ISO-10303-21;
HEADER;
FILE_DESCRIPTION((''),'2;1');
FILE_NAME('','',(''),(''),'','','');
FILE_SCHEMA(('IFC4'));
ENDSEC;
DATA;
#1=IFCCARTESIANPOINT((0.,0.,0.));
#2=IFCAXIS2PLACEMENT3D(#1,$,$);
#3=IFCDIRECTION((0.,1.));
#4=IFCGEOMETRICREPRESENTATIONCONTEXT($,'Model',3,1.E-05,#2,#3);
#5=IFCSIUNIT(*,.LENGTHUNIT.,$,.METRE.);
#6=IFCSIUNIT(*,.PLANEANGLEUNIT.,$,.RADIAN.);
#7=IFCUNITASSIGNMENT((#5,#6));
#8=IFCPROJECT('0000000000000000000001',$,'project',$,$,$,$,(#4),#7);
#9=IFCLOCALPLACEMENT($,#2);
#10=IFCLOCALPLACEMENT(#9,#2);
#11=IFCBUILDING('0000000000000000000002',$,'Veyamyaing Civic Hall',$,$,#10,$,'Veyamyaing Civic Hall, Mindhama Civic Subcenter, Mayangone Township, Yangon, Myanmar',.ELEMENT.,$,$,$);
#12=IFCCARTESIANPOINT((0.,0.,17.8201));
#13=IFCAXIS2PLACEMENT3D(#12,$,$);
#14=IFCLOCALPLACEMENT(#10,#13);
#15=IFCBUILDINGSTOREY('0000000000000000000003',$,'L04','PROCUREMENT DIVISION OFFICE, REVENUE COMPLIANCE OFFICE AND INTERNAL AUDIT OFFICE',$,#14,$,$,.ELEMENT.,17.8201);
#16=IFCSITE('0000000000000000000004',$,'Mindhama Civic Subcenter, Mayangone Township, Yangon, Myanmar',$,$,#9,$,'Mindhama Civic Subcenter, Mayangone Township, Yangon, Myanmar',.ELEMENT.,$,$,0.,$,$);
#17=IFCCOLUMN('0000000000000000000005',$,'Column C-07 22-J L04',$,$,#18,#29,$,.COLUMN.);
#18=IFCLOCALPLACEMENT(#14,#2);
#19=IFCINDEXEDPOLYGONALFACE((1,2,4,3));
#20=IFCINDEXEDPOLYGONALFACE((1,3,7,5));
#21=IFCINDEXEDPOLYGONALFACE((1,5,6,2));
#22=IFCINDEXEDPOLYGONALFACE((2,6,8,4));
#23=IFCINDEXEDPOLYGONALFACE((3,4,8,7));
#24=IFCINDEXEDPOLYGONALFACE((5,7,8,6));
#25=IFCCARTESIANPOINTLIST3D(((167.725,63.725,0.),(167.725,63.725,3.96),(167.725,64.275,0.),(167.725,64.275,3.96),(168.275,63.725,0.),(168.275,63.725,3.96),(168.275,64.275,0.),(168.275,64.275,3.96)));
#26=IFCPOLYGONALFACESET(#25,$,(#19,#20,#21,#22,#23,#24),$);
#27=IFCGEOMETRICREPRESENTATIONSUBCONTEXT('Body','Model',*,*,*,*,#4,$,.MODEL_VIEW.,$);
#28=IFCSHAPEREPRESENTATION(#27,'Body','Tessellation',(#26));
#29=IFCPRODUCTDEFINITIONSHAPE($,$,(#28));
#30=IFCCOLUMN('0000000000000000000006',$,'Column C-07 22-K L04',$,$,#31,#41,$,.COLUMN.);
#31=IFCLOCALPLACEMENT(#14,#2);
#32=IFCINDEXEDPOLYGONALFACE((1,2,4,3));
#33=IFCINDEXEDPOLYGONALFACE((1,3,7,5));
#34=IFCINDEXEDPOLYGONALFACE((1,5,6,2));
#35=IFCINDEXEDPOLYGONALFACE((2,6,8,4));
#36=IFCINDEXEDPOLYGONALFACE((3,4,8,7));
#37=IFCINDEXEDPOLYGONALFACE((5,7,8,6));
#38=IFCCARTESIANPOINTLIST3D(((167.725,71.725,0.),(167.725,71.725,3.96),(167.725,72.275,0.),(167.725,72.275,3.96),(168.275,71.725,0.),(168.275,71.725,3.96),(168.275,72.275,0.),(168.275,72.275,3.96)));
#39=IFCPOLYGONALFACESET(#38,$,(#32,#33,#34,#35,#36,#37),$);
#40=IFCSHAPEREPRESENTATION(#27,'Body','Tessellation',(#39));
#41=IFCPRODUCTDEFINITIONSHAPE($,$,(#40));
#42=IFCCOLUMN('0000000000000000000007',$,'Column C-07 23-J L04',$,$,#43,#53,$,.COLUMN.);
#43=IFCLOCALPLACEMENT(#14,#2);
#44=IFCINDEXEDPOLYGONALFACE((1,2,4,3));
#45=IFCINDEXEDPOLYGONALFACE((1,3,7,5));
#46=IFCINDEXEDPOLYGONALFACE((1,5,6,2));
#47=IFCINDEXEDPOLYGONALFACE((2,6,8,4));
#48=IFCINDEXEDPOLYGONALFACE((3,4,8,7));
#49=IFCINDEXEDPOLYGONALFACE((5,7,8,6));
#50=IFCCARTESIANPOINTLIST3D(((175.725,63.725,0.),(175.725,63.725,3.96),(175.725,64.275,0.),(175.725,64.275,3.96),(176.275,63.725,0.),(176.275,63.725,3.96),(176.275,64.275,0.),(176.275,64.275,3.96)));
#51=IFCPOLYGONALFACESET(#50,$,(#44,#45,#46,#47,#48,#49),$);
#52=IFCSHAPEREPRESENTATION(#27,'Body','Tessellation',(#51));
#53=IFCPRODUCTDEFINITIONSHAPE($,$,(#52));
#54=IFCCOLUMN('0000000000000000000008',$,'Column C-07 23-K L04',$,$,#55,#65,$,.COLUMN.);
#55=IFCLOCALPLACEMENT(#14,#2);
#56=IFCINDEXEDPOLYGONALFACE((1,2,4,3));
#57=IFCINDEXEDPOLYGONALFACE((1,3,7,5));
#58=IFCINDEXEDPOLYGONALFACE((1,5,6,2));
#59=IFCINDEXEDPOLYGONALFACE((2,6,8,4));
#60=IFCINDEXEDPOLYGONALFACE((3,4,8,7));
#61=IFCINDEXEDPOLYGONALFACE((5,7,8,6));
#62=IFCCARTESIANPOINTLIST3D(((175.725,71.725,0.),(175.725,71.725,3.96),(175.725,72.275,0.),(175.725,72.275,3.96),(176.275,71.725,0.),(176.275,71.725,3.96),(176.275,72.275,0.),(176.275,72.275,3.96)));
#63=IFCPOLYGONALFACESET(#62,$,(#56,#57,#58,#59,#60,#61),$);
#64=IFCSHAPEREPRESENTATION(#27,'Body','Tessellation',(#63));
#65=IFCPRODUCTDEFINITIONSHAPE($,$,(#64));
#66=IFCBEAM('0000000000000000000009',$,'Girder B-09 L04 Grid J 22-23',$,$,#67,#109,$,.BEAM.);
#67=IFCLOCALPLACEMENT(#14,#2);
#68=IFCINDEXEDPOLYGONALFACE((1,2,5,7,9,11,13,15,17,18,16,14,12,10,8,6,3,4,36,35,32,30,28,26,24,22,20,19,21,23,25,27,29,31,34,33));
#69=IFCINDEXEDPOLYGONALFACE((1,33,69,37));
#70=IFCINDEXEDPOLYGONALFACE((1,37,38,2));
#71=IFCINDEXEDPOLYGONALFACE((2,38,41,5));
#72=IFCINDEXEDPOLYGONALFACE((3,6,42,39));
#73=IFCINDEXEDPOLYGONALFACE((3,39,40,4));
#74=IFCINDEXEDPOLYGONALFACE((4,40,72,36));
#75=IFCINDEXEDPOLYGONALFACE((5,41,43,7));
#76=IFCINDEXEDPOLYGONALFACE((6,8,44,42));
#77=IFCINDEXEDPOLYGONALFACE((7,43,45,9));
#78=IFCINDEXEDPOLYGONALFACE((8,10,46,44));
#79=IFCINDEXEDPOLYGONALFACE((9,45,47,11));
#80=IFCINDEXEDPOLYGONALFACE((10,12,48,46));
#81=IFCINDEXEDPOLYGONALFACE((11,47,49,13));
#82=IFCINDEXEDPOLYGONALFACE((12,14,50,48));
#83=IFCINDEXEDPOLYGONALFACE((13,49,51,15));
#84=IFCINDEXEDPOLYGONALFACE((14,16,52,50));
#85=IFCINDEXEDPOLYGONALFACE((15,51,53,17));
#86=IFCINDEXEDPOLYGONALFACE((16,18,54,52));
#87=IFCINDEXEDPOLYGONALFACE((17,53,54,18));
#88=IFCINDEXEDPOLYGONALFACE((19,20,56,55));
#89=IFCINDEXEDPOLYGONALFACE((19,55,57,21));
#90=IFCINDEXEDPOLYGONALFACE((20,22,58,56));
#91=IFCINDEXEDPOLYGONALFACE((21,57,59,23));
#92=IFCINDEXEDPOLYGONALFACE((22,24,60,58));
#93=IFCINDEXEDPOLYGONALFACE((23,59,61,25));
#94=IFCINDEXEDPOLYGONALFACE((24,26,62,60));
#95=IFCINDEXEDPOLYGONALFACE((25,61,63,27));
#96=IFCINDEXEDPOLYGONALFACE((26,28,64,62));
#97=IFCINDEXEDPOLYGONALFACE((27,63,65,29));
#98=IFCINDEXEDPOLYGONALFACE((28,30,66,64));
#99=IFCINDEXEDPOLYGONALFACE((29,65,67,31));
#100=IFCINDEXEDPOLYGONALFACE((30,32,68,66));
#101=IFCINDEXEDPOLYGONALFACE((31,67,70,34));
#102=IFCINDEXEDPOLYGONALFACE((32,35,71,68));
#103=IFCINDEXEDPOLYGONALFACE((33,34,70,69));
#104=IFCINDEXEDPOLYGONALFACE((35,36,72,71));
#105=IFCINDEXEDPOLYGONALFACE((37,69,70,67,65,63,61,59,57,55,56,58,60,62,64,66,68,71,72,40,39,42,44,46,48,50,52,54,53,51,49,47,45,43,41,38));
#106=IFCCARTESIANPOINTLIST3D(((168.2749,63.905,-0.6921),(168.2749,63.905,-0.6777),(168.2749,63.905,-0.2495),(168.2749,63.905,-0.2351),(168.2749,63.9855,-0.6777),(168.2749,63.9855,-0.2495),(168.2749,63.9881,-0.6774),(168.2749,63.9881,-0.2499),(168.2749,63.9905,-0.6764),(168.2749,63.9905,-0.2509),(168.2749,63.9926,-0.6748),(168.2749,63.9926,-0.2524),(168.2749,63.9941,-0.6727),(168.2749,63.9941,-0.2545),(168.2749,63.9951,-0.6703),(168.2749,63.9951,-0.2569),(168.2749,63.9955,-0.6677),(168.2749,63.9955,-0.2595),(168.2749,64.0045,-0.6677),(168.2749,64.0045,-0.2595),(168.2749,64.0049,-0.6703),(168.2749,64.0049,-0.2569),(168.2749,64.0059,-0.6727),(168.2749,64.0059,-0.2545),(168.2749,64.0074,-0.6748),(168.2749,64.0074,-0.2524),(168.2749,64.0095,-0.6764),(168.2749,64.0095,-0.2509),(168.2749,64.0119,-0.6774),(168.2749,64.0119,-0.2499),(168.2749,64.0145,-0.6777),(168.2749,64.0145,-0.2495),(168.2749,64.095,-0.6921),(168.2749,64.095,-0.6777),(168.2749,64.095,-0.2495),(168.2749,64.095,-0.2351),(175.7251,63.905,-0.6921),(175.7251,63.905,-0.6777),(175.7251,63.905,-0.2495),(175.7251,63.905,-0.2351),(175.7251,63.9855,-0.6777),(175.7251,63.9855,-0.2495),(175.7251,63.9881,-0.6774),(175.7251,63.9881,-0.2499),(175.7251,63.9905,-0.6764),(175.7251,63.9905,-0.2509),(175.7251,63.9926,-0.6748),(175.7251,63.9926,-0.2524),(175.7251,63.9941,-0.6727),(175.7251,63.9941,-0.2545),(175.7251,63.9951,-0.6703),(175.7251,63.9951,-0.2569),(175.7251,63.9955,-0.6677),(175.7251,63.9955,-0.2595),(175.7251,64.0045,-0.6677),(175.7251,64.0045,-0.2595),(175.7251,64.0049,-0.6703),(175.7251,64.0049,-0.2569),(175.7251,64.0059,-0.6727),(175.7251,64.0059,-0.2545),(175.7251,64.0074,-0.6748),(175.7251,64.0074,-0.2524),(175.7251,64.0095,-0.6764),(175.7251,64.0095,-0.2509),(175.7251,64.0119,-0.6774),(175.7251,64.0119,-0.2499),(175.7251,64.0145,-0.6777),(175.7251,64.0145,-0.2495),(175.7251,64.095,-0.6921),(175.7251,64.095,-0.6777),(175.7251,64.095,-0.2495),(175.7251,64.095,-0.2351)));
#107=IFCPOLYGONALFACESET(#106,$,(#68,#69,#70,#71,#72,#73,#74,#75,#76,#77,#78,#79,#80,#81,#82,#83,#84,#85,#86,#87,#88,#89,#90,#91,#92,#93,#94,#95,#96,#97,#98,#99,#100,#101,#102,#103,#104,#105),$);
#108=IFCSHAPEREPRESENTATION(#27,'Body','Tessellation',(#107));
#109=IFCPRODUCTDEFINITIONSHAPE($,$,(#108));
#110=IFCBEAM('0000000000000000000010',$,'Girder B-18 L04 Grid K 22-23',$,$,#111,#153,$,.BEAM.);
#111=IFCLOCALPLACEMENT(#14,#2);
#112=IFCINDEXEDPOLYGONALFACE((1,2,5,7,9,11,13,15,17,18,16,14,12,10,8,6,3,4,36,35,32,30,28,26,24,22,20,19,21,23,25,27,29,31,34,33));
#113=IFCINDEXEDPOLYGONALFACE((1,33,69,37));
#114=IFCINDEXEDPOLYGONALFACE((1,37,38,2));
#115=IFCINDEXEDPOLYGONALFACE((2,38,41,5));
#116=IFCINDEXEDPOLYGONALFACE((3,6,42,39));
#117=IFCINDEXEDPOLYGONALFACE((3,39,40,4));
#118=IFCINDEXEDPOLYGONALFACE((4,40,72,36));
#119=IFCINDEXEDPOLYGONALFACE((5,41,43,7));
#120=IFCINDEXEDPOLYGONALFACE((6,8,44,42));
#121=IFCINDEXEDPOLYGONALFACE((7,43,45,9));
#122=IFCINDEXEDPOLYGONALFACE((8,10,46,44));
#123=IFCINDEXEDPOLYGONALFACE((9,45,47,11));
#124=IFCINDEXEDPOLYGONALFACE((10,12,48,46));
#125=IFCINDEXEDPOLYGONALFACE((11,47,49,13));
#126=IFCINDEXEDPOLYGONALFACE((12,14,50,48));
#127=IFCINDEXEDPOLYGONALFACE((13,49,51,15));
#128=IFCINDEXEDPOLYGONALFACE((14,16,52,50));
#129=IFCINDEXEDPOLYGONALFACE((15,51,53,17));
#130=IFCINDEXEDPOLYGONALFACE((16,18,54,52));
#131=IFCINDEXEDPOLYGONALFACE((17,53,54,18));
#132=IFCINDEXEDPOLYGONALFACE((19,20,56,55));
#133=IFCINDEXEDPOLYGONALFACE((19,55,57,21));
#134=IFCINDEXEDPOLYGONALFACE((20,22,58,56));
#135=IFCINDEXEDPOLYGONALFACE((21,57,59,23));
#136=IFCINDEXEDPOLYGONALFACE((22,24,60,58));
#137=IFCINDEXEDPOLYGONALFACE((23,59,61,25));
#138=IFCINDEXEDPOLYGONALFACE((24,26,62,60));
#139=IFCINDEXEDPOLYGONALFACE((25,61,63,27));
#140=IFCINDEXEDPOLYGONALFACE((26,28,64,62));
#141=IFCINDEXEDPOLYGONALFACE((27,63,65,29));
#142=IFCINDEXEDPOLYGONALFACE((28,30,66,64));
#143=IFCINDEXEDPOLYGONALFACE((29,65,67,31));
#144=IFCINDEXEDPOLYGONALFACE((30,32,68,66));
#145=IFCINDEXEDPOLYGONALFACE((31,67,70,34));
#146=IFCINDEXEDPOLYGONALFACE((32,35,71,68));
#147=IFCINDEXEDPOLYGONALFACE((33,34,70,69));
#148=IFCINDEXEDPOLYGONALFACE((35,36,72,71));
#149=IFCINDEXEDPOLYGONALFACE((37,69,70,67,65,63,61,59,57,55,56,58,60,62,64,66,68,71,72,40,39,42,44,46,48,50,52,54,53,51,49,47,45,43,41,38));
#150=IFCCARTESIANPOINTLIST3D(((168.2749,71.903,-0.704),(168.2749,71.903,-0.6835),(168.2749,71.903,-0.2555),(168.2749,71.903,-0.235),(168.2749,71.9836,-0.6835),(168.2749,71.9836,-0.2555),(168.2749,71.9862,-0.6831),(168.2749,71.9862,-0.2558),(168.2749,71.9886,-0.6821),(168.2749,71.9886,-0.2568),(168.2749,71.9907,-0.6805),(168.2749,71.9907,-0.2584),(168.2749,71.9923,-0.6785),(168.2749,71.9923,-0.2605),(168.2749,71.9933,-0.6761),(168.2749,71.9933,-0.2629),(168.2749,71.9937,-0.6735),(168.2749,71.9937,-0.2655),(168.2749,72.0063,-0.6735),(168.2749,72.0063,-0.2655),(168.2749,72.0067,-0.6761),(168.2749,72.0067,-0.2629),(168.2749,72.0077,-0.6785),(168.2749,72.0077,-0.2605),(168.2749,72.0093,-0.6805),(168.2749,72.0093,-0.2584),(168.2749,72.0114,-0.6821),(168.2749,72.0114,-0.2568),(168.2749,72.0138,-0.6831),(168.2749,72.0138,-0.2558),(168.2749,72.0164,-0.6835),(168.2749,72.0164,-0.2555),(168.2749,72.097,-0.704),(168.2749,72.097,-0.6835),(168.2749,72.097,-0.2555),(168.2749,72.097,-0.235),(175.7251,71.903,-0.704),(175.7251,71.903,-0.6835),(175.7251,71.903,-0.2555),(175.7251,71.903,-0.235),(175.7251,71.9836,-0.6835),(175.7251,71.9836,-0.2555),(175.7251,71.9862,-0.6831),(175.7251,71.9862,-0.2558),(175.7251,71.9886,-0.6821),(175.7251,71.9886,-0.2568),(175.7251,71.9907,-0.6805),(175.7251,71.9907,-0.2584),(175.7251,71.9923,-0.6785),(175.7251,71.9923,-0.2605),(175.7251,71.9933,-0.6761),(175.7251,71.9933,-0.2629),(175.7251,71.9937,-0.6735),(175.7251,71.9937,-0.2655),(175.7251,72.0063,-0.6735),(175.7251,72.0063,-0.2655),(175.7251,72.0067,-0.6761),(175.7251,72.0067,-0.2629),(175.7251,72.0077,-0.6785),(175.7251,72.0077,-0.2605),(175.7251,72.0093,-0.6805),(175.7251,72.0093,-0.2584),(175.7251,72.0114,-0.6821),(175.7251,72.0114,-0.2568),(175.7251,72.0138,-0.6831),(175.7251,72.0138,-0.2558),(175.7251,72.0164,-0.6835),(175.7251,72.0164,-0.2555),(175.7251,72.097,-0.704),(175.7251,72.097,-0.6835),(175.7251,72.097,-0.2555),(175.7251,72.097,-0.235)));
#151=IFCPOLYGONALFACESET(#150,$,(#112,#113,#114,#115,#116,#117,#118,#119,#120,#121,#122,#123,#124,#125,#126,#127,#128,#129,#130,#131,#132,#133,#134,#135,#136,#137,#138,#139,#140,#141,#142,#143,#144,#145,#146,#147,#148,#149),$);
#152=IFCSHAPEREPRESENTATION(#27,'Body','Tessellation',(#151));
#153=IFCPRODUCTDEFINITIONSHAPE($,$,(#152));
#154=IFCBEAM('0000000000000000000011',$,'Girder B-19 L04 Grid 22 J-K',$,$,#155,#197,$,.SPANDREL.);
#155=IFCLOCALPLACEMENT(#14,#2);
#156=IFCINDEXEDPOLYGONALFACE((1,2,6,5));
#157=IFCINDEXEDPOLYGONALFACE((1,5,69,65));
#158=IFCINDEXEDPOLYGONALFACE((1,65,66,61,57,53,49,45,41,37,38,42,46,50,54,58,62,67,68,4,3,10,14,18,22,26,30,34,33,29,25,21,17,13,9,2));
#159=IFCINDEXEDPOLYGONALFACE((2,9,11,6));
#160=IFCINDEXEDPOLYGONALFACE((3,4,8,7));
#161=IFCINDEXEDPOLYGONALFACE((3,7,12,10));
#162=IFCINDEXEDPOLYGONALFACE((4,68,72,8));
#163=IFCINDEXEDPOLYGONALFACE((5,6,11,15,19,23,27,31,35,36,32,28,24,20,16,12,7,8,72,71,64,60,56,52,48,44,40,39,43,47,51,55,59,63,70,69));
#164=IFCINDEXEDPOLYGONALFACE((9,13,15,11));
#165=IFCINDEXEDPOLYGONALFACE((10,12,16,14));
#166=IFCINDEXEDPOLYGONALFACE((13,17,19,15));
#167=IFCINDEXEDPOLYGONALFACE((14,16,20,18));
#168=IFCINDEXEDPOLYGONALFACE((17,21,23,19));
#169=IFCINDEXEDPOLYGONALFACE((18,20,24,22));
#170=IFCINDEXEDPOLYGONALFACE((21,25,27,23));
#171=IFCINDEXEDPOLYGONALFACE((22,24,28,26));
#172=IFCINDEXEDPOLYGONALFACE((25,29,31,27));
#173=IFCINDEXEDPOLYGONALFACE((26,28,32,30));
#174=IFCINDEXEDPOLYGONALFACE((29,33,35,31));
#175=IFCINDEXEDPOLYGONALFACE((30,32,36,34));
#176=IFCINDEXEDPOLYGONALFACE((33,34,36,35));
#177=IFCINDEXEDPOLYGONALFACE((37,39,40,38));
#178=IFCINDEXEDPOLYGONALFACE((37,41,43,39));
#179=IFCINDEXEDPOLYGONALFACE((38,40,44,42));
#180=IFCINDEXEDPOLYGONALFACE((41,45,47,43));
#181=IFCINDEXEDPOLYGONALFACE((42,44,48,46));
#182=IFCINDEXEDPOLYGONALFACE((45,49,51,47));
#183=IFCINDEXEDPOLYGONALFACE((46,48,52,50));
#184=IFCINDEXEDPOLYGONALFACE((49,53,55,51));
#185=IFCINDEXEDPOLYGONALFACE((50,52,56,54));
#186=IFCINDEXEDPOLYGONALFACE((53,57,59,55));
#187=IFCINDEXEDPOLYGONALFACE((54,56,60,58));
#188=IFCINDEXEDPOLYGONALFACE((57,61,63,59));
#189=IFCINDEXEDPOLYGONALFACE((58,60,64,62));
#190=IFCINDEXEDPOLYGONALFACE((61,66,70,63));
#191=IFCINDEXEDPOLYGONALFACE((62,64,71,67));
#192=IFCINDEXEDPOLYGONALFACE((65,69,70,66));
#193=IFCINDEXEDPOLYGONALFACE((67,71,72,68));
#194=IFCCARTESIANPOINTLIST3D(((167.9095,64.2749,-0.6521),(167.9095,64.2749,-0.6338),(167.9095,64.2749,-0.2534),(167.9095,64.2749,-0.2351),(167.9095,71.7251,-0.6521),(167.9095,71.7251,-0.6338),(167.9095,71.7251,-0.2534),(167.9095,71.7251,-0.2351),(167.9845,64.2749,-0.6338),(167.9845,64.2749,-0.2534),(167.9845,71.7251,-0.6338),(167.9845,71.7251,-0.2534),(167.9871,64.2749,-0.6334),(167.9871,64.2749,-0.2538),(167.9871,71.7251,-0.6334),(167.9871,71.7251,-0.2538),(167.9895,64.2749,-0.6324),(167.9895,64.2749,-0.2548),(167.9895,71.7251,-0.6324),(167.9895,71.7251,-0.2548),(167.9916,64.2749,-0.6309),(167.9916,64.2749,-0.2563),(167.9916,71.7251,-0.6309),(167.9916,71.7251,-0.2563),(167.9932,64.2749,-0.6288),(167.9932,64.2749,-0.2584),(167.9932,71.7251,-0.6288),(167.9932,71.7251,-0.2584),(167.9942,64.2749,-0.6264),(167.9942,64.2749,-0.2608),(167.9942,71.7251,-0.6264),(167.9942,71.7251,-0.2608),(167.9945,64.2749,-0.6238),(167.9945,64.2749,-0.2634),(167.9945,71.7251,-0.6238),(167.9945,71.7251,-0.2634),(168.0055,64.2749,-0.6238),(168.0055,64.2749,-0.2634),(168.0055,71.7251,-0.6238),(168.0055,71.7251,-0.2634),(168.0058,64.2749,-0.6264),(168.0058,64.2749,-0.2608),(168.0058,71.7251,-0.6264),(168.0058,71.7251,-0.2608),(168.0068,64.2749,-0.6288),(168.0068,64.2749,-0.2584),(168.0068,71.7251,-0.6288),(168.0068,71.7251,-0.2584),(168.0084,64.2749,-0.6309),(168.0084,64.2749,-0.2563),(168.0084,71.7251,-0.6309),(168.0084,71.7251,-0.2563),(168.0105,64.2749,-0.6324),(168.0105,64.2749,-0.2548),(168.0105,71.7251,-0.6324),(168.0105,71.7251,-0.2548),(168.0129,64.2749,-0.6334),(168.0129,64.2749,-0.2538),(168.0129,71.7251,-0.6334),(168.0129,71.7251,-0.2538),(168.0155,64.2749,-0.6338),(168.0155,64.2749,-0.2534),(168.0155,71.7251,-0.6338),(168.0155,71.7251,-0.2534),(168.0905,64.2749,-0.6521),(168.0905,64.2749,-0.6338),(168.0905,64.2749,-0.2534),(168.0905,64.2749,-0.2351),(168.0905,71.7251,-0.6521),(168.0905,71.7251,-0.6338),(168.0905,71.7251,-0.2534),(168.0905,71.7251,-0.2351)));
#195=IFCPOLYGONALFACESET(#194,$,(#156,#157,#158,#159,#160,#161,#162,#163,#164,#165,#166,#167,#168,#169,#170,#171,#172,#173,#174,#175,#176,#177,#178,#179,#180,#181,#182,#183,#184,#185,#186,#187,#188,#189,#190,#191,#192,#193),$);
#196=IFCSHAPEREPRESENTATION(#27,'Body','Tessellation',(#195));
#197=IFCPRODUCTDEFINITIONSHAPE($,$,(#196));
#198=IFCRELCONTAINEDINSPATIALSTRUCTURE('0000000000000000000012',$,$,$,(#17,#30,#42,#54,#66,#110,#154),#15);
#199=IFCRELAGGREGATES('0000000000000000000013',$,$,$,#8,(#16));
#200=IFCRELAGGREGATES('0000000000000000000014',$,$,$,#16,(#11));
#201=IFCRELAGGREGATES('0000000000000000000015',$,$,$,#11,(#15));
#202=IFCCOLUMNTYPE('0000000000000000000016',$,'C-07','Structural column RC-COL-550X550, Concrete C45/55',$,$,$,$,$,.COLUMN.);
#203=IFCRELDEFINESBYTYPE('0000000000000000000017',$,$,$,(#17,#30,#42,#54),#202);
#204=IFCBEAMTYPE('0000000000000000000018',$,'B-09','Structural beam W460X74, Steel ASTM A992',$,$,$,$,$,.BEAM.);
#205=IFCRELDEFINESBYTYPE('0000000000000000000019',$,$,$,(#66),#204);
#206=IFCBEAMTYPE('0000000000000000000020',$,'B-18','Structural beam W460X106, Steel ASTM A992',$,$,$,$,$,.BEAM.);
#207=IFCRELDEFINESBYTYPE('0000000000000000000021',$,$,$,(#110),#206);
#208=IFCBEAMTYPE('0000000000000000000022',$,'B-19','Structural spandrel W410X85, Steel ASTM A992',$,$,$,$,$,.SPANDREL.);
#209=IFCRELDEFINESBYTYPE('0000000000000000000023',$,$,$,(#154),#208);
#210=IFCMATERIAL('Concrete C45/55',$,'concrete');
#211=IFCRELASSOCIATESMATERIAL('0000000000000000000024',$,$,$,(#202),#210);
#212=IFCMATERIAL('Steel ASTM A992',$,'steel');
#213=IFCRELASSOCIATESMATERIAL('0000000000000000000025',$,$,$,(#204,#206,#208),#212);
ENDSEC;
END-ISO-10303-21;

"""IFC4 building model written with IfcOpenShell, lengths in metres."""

from ifc_helpers import new_model, si_unit, direction, frame, origin, origin_2d, place, context, subcontext, project, spatial, rectangle, i_section, extrude, material, material_profile, profile_set, type_object, element, save


model = new_model("IFC4")

# Units and contexts
model_context = context("Model", 3, precision=1e-05, world=origin(), true_north=direction((0.0, 1.0)))
body_context = subcontext(model_context, "Body", "Model", "MODEL_VIEW")
ifc_project = project(units=[si_unit("LENGTHUNIT", "METRE"), si_unit("PLANEANGLEUNIT", "RADIAN")], contexts=[model_context])

# Site, building, storey
site_placement = place(None, origin())
site = spatial("IfcSite", under=ifc_project, at=site_placement, Name="Mindhama Civic Subcenter, Mayangone Township, Yangon, Myanmar", LongName="Mindhama Civic Subcenter, Mayangone Township, Yangon, Myanmar", CompositionType="ELEMENT", RefElevation=0.0)
building_placement = place(site_placement, origin())
building = spatial("IfcBuilding", under=site, at=building_placement, Name="Veyamyaing Civic Hall", LongName="Veyamyaing Civic Hall, Mindhama Civic Subcenter, Mayangone Township, Yangon, Myanmar", CompositionType="ELEMENT")
storey_placement = place(building_placement, frame((0.0, 0.0, 17.8201)))
storey = spatial("IfcBuildingStorey", under=building, at=storey_placement, Name="L04", Description="PROCUREMENT DIVISION OFFICE, REVENUE COMPLIANCE OFFICE AND INTERNAL AUDIT OFFICE", CompositionType="ELEMENT", Elevation=17.8201)

# Columns
ifc_material_1 = material(Name="Concrete C45/55", Category="concrete")
ifc_material_profile_1 = material_profile(ifc_material_1, rectangle(XDim=0.55, YDim=0.55, at=origin_2d()), Name="RC-COL-550X550")
ifc_profile_set_1 = profile_set([ifc_material_profile_1], Name="Concrete C45/55")
column_type = type_object("IfcColumnType", Name="C-07", Description="Structural column RC-COL-550X550, Concrete C45/55", PredefinedType="COLUMN", material=ifc_profile_set_1)
for number, where, z_axis, x_axis, name in (
    (1, (168.0, 64.0, 0.0), (0.0, 0.0, 1.0), (1.0, 0.0, 0.0), "Column C-07 22-J L04"),
    (2, (168.0, 72.0, 0.0), (0.0, 0.0, 1.0), (1.0, 0.0, 0.0), "Column C-07 22-K L04"),
    (3, (176.0, 64.0, 0.0), (0.0, 0.0, 1.0), (1.0, 0.0, 0.0), "Column C-07 23-J L04"),
    (4, (176.0, 72.0, 0.0), (0.0, 0.0, 1.0), (1.0, 0.0, 0.0), "Column C-07 23-K L04"),
):
    element("IfcColumn", number, at=place(storey_placement, frame(where, z_axis=z_axis, x_axis=x_axis)), inside=storey, type_object=column_type, Name=name, PredefinedType="COLUMN", context=body_context, shape_type="SweptSolid", body=[
        extrude(rectangle(XDim=0.55, YDim=0.55, at=origin_2d()), origin(), (0.0, 0.0, 1.0), 3.96),
    ])

# Beams
ifc_material_2 = material(Name="Steel ASTM A992", Category="steel")
ifc_material_profile_2 = material_profile(ifc_material_2, i_section(OverallWidth=0.1899, OverallDepth=0.457, WebThickness=0.009, FlangeThickness=0.0144, FilletRadius=0.01, at=origin_2d()), Name="W460X74")
ifc_profile_set_2 = profile_set([ifc_material_profile_2], Name="Steel ASTM A992")
beam_type_1 = type_object("IfcBeamType", Name="B-09", Description="Structural beam W460X74, Steel ASTM A992", PredefinedType="BEAM", material=ifc_profile_set_2)
beam_1_placement = place(storey_placement, frame((168.2749, 64.0, -0.4636), z_axis=(1.0, 0.0, 0.0), x_axis=(0.0, 1.0, 0.0)))
element("IfcBeam", 5, at=beam_1_placement, inside=storey, type_object=beam_type_1, Name="Girder B-09 L04 Grid J 22-23", PredefinedType="BEAM", context=body_context, shape_type="SweptSolid", body=[
    extrude(i_section(OverallWidth=0.1899, OverallDepth=0.457, WebThickness=0.009, FlangeThickness=0.0144, FilletRadius=0.01, at=origin_2d()), origin(), (0.0, 0.0, 1.0), 7.4502),
])
ifc_material_profile_3 = material_profile(ifc_material_2, i_section(OverallWidth=0.1941, OverallDepth=0.469, WebThickness=0.0127, FlangeThickness=0.0205, FilletRadius=0.01, at=origin_2d()), Name="W460X106")
ifc_profile_set_3 = profile_set([ifc_material_profile_3], Name="Steel ASTM A992")
beam_type_2 = type_object("IfcBeamType", Name="B-18", Description="Structural beam W460X106, Steel ASTM A992", PredefinedType="BEAM", material=ifc_profile_set_3)
beam_2_placement = place(storey_placement, frame((168.2749, 72.0, -0.4695), z_axis=(1.0, 0.0, 0.0), x_axis=(0.0, 1.0, 0.0)))
element("IfcBeam", 6, at=beam_2_placement, inside=storey, type_object=beam_type_2, Name="Girder B-18 L04 Grid K 22-23", PredefinedType="BEAM", context=body_context, shape_type="SweptSolid", body=[
    extrude(i_section(OverallWidth=0.1941, OverallDepth=0.469, WebThickness=0.0127, FlangeThickness=0.0205, FilletRadius=0.01, at=origin_2d()), origin(), (0.0, 0.0, 1.0), 7.4502),
])
ifc_material_profile_4 = material_profile(ifc_material_2, i_section(OverallWidth=0.1809, OverallDepth=0.417, WebThickness=0.011, FlangeThickness=0.0183, FilletRadius=0.01, at=origin_2d()), Name="W410X85")
ifc_profile_set_4 = profile_set([ifc_material_profile_4], Name="Steel ASTM A992")
beam_type_3 = type_object("IfcBeamType", Name="B-19", Description="Structural spandrel W410X85, Steel ASTM A992", PredefinedType="SPANDREL", material=ifc_profile_set_4)
beam_3_placement = place(storey_placement, frame((168.0, 64.2749, -0.4436), z_axis=(0.0, 1.0, 0.0), x_axis=(-1.0, 0.0, 0.0)))
element("IfcBeam", 7, at=beam_3_placement, inside=storey, type_object=beam_type_3, Name="Girder B-19 L04 Grid 22 J-K", PredefinedType="SPANDREL", context=body_context, shape_type="SweptSolid", body=[
    extrude(i_section(OverallWidth=0.1809, OverallDepth=0.417, WebThickness=0.011, FlangeThickness=0.0183, FilletRadius=0.01, at=origin_2d()), origin(), (0.0, 0.0, 1.0), 7.4502),
])

save(model, "model.ifc")
